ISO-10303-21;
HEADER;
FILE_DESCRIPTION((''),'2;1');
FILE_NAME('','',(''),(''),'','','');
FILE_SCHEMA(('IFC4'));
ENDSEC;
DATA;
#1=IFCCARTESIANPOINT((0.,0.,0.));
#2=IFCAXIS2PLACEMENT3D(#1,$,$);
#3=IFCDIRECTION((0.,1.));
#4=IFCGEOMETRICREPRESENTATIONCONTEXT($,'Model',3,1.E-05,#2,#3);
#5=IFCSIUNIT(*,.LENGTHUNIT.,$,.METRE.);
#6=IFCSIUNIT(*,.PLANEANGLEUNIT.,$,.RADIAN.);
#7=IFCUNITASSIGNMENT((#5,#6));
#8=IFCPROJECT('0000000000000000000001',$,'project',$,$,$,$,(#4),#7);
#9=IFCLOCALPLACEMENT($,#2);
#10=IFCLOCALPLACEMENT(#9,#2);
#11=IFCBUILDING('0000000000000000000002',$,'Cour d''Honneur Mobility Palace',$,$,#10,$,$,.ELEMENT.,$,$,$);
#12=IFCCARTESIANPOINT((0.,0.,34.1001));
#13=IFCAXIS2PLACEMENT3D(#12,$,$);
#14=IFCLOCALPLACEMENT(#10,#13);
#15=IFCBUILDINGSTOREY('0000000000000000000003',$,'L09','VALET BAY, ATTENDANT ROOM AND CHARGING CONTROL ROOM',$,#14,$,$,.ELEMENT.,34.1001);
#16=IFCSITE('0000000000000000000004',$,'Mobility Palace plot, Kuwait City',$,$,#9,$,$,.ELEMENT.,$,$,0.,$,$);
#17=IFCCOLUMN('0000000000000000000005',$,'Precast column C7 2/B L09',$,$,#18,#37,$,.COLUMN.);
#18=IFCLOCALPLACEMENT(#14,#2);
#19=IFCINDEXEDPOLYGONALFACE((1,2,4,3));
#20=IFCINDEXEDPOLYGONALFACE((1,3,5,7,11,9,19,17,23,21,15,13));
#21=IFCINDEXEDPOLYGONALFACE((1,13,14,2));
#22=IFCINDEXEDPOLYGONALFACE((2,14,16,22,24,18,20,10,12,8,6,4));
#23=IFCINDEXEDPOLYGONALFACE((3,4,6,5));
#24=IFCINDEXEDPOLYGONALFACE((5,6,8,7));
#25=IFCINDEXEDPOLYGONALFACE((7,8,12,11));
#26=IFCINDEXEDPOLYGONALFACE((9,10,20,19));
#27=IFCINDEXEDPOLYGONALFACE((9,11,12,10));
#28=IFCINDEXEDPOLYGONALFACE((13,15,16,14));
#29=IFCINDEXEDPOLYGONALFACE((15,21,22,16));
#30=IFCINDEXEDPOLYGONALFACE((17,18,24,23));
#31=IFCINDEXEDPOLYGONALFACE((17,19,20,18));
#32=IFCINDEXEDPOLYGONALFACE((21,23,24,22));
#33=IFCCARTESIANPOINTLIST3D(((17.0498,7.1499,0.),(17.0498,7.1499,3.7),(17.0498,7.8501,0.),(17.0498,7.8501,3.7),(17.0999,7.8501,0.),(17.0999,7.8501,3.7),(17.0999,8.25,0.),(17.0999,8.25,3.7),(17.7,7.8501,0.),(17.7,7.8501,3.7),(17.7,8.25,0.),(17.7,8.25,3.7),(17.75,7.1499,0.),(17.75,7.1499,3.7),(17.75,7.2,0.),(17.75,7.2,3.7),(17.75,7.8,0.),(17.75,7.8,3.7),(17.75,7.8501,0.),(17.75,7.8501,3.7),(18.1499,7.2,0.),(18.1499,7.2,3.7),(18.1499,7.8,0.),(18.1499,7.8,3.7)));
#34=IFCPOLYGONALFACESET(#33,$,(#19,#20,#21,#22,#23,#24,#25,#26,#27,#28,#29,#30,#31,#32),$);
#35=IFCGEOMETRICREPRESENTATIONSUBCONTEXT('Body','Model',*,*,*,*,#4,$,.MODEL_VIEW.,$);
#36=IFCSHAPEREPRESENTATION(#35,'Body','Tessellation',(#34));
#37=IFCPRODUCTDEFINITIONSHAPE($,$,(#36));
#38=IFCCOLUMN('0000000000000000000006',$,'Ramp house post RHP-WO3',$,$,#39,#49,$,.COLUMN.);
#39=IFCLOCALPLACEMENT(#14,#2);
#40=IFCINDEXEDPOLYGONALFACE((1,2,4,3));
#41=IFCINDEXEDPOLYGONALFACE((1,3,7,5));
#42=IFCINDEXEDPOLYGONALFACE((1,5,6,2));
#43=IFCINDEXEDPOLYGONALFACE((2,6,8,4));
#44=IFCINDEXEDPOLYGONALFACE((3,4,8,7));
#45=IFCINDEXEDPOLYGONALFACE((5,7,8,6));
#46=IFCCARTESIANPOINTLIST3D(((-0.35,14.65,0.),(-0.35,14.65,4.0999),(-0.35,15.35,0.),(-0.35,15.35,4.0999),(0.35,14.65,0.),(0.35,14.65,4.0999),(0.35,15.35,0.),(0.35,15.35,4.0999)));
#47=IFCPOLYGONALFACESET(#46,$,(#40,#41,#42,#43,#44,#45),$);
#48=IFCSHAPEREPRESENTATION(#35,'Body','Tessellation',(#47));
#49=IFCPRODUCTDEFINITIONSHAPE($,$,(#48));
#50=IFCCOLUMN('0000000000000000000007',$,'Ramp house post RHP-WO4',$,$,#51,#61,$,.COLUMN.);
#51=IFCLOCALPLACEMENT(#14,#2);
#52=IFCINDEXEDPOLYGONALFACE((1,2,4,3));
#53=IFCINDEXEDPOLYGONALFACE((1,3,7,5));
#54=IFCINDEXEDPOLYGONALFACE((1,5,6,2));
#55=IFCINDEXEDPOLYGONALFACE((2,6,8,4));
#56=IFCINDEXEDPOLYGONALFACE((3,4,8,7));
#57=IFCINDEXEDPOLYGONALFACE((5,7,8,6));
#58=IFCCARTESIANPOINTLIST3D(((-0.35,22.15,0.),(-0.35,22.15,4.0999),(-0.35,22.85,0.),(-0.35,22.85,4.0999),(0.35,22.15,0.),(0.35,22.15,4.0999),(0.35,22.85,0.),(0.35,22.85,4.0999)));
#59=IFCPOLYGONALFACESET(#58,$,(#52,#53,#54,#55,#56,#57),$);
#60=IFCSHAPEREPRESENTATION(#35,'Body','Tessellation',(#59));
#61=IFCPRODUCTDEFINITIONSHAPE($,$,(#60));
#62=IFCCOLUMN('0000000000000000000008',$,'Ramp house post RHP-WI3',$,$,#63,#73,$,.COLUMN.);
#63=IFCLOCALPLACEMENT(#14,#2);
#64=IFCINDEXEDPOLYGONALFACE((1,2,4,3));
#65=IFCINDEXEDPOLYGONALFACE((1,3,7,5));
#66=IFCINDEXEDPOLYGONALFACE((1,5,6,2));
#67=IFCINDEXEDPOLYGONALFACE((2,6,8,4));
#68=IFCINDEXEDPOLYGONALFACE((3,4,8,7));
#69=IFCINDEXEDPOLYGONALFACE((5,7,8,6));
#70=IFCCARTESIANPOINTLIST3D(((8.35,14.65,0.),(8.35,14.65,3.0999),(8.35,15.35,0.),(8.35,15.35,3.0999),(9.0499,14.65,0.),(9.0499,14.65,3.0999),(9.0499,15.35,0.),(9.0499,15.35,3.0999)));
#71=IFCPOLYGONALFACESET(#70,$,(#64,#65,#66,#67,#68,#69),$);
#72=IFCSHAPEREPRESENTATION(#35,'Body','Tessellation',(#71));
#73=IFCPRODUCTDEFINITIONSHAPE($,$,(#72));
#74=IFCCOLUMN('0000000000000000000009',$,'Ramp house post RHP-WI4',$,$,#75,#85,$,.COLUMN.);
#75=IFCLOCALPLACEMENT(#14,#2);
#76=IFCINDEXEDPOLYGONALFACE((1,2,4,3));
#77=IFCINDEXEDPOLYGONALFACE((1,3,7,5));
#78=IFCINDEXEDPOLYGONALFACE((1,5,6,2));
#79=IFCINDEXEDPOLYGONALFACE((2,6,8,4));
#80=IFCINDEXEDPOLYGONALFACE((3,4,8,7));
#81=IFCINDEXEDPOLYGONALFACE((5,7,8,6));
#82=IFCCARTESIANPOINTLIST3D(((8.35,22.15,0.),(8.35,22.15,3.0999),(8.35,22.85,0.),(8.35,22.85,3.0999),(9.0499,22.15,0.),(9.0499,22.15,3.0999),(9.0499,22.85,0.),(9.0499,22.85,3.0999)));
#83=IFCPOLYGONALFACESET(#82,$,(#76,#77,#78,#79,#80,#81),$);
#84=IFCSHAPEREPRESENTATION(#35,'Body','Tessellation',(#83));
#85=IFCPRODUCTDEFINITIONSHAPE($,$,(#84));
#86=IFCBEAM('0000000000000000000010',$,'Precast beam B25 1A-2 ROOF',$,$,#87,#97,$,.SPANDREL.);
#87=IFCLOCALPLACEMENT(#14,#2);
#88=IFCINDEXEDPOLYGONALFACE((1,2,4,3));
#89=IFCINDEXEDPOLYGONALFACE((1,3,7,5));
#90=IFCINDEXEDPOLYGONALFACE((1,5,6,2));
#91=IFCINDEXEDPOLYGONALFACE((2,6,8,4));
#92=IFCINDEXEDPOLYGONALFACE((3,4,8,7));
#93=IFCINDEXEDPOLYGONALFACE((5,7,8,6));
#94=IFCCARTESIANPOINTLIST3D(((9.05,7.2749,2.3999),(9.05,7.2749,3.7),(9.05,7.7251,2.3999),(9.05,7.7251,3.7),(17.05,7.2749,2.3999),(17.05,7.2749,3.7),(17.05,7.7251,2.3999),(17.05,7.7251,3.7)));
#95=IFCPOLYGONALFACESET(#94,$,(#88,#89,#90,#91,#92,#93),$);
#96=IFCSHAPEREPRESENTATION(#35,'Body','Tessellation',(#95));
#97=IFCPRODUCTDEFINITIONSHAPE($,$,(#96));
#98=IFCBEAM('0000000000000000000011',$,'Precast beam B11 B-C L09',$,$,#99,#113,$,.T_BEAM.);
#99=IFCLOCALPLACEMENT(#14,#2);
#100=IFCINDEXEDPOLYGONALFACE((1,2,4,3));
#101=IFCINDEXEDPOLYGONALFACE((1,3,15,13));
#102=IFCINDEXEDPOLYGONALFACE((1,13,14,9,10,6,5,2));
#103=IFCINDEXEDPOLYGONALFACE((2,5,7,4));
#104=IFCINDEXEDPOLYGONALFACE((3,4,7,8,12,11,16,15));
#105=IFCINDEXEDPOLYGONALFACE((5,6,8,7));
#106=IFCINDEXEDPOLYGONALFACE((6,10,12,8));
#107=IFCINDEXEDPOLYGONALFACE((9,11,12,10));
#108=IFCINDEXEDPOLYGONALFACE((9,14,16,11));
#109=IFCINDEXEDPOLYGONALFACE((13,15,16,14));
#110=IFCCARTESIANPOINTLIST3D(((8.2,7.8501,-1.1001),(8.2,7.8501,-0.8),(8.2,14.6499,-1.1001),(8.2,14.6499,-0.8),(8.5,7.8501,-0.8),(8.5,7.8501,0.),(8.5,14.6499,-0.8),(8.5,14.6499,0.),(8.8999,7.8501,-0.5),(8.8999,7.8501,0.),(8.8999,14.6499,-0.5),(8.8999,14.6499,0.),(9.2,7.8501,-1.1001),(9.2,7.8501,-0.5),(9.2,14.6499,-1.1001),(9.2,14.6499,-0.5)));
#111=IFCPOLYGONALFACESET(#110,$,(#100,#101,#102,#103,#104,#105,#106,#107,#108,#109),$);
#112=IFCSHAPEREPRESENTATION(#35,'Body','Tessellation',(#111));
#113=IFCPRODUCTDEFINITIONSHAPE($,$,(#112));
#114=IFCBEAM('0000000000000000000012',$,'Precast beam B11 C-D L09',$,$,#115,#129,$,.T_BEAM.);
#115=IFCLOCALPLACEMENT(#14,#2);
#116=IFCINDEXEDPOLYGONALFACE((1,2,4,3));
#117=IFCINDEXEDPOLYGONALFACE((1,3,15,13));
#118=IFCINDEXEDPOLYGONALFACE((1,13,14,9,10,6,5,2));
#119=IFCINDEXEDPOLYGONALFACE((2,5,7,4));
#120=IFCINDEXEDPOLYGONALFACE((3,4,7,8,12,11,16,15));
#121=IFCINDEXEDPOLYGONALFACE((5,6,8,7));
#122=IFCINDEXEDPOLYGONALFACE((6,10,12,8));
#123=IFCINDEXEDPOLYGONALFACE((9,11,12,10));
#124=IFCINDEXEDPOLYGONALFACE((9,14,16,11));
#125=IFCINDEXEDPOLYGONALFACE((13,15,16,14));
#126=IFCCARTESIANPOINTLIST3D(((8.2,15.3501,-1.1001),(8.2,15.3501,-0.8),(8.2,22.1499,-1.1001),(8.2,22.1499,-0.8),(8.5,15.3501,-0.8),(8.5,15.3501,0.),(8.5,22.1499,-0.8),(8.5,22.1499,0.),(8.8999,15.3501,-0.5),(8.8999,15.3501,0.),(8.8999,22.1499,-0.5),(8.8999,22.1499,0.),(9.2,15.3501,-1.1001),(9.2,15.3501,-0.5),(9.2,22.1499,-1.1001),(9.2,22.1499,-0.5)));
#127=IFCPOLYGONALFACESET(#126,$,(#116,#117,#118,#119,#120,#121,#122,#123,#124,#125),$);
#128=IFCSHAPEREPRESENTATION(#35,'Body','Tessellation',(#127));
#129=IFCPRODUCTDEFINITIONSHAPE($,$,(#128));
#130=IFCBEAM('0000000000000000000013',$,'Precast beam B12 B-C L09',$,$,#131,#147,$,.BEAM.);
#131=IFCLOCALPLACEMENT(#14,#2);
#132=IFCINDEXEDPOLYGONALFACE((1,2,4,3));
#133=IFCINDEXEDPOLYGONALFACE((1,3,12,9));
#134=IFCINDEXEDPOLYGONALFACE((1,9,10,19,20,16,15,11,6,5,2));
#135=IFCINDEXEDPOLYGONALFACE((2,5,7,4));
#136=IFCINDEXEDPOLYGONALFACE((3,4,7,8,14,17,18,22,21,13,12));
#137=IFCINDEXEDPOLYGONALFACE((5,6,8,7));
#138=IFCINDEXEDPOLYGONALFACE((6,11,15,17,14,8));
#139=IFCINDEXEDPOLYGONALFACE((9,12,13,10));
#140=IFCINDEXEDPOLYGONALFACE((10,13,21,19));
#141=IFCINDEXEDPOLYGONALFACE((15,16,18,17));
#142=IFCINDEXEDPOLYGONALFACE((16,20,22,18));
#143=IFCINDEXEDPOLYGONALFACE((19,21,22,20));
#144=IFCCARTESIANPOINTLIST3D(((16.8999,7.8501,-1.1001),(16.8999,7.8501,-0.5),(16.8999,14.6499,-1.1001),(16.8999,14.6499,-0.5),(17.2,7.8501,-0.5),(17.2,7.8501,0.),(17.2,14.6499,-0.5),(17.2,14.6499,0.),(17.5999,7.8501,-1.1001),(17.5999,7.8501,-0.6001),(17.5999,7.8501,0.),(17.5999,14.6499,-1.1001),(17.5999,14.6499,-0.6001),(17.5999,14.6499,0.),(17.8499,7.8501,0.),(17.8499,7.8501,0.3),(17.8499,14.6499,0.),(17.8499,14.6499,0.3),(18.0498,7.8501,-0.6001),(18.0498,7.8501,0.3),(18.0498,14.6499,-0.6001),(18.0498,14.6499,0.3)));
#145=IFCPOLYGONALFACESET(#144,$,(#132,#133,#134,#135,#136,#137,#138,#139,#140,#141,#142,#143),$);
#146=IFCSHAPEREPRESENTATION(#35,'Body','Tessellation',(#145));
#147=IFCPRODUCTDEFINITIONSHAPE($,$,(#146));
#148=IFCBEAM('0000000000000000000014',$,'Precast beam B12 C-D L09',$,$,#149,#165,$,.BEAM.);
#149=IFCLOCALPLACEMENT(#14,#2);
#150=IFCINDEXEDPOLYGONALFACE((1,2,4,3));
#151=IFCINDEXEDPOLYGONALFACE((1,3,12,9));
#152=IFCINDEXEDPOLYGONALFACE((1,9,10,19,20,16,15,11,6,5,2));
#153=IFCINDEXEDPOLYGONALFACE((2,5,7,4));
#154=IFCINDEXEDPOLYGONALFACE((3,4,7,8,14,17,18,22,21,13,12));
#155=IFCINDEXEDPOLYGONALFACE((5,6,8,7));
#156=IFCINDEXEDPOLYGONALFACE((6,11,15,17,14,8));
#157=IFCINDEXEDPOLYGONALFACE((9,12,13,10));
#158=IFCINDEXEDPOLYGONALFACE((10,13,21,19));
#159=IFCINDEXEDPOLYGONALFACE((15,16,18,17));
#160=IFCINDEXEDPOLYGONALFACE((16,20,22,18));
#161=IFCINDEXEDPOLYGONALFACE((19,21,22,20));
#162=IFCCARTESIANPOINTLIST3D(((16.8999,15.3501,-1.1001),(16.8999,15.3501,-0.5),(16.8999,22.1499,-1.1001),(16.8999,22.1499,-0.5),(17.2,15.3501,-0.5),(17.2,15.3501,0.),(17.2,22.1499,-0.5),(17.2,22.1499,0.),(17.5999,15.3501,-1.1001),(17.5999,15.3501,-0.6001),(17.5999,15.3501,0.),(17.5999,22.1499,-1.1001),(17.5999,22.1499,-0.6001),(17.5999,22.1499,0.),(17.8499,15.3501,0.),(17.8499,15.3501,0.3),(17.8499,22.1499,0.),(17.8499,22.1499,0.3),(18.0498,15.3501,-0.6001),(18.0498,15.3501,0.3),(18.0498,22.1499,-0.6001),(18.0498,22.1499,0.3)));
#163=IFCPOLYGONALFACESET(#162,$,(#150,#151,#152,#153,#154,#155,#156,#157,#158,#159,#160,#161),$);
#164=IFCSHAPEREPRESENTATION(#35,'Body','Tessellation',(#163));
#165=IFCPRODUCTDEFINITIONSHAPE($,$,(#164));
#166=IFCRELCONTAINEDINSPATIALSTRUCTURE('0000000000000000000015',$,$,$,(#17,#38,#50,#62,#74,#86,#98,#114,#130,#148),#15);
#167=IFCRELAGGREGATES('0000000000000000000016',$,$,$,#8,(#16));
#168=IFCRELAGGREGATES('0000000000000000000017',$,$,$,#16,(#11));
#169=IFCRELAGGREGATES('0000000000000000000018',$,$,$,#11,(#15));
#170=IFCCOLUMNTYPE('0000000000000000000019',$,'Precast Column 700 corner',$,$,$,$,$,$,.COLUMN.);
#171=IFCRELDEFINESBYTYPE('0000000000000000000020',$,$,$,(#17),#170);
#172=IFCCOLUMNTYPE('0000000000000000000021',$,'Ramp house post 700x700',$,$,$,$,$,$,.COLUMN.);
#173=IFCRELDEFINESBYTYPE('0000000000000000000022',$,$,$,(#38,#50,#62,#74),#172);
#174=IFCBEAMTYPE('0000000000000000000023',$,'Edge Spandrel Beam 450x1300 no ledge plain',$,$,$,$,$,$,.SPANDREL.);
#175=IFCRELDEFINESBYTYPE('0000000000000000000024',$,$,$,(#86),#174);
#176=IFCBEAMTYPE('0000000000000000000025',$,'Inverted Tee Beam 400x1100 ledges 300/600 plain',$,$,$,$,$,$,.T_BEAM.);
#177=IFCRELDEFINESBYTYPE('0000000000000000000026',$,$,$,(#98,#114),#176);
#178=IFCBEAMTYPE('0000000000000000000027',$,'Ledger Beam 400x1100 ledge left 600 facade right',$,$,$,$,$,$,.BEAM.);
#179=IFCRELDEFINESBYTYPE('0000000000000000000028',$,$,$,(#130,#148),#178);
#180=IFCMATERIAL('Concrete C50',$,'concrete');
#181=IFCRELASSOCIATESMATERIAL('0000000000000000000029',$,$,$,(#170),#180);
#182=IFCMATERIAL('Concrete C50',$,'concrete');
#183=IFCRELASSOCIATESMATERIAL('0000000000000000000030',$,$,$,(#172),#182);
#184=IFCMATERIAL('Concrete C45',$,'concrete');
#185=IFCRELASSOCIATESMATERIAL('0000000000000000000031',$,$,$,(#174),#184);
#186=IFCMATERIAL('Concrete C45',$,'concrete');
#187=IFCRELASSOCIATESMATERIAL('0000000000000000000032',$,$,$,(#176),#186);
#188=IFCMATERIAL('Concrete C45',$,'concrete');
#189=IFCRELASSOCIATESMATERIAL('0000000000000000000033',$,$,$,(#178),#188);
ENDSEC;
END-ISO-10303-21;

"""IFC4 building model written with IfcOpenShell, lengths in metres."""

from ifc_helpers import new_model, si_unit, direction, frame, origin, origin_2d, place, context, subcontext, project, spatial, polyline, rectangle, outline, extrude, material, material_profile, profile_set, type_object, element, save


model = new_model("IFC4")

# Units and contexts
model_context = context("Model", 3, precision=1e-05, world=origin(), true_north=direction((0.0, 1.0)))
body_context = subcontext(model_context, "Body", "Model", "MODEL_VIEW")
ifc_project = project(units=[si_unit("LENGTHUNIT", "METRE"), si_unit("PLANEANGLEUNIT", "RADIAN")], contexts=[model_context])

# Site, building, storey
site_placement = place(None, origin())
site = spatial("IfcSite", under=ifc_project, at=site_placement, Name="Mobility Palace plot, Kuwait City", CompositionType="ELEMENT", RefElevation=0.0)
building_placement = place(site_placement, origin())
building = spatial("IfcBuilding", under=site, at=building_placement, Name="Cour d'Honneur Mobility Palace", CompositionType="ELEMENT")
storey_placement = place(building_placement, frame((0.0, 0.0, 34.1001)))
storey = spatial("IfcBuildingStorey", under=building, at=storey_placement, Name="L09", Description="VALET BAY, ATTENDANT ROOM AND CHARGING CONTROL ROOM", CompositionType="ELEMENT", Elevation=34.1001)

# Columns
ifc_material_1 = material(Name="Concrete C50", Category="concrete")
ifc_material_profile_1 = material_profile(ifc_material_1, outline(polyline([(-0.3501, -0.3501), (0.3501, -0.3501), (0.3501, -0.3), (0.75, -0.3), (0.75, 0.3), (0.3501, 0.3), (0.3501, 0.3501), (0.3, 0.3501), (0.3, 0.75), (-0.3, 0.75), (-0.3, 0.3501), (-0.3501, 0.3501), (-0.3501, -0.3501)])), Name="PC C700 corner")
ifc_profile_set_1 = profile_set([ifc_material_profile_1], Name="Concrete C50")
column_type_1 = type_object("IfcColumnType", Name="Precast Column 700 corner", PredefinedType="COLUMN", material=ifc_profile_set_1)
column_placement = place(storey_placement, frame((17.3999, 7.5, 0.0), z_axis=(0.0, 0.0, 1.0), x_axis=(1.0, 0.0, 0.0)))
element("IfcColumn", 1, at=column_placement, inside=storey, type_object=column_type_1, Name="Precast column C7 2/B L09", PredefinedType="COLUMN", context=body_context, shape_type="SweptSolid", body=[
    extrude(outline(polyline([(-0.3501, -0.3501), (0.3501, -0.3501), (0.3501, -0.3), (0.75, -0.3), (0.75, 0.3), (0.3501, 0.3), (0.3501, 0.3501), (0.3, 0.3501), (0.3, 0.75), (-0.3, 0.75), (-0.3, 0.3501), (-0.3501, 0.3501), (-0.3501, -0.3501)])), origin(), (0.0, 0.0, 1.0), 3.7),
])
ifc_material_2 = material(Name="Concrete C50", Category="concrete")
ifc_material_profile_2 = material_profile(ifc_material_2, rectangle(XDim=0.7, YDim=0.7, at=origin_2d()), Name="Ramp house post 700x700")
ifc_profile_set_2 = profile_set([ifc_material_profile_2], Name="Concrete C50")
column_type_2 = type_object("IfcColumnType", Name="Ramp house post 700x700", PredefinedType="COLUMN", material=ifc_profile_set_2)
for number, where, z_axis, x_axis, name in (
    (2, (0.0, 15.0, 0.0), (0.0, 0.0, 1.0), (1.0, 0.0, 0.0), "Ramp house post RHP-WO3"),
    (3, (0.0, 22.5, 0.0), (0.0, 0.0, 1.0), (1.0, 0.0, 0.0), "Ramp house post RHP-WO4"),
):
    element("IfcColumn", number, at=place(storey_placement, frame(where, z_axis=z_axis, x_axis=x_axis)), inside=storey, type_object=column_type_2, Name=name, PredefinedType="COLUMN", context=body_context, shape_type="SweptSolid", body=[
        extrude(rectangle(XDim=0.7, YDim=0.7, at=origin_2d()), origin(), (0.0, 0.0, 1.0), 4.0999),
    ])
for number, where, z_axis, x_axis, name in (
    (4, (8.7, 15.0, 0.0), (0.0, 0.0, 1.0), (1.0, 0.0, 0.0), "Ramp house post RHP-WI3"),
    (5, (8.7, 22.5, 0.0), (0.0, 0.0, 1.0), (1.0, 0.0, 0.0), "Ramp house post RHP-WI4"),
):
    element("IfcColumn", number, at=place(storey_placement, frame(where, z_axis=z_axis, x_axis=x_axis)), inside=storey, type_object=column_type_2, Name=name, PredefinedType="COLUMN", context=body_context, shape_type="SweptSolid", body=[
        extrude(rectangle(XDim=0.7, YDim=0.7, at=origin_2d()), origin(), (0.0, 0.0, 1.0), 3.0999),
    ])

# Beams
ifc_material_3 = material(Name="Concrete C45", Category="concrete")
ifc_material_profile_3 = material_profile(ifc_material_3, outline(polyline([(0.2251, -1.3), (0.2251, 0.0), (-0.2251, 0.0), (-0.2251, -1.3), (0.2251, -1.3)])), Name="Edge Spandrel Beam 450x1300 no ledge plain")
ifc_profile_set_3 = profile_set([ifc_material_profile_3], Name="Concrete C45")
beam_type_1 = type_object("IfcBeamType", Name="Edge Spandrel Beam 450x1300 no ledge plain", PredefinedType="SPANDREL", material=ifc_profile_set_3)
beam_placement = place(storey_placement, frame((9.05, 7.5, 3.7), z_axis=(1.0, 0.0, 0.0), x_axis=(0.0, 1.0, 0.0)))
element("IfcBeam", 6, at=beam_placement, inside=storey, type_object=beam_type_1, Name="Precast beam B25 1A-2 ROOF", PredefinedType="SPANDREL", context=body_context, shape_type="SweptSolid", body=[
    extrude(outline(polyline([(0.2251, -1.3), (0.2251, 0.0), (-0.2251, 0.0), (-0.2251, -1.3), (0.2251, -1.3)])), origin(), (0.0, 0.0, 1.0), 8.0),
])
ifc_material_4 = material(Name="Concrete C45", Category="concrete")
ifc_material_profile_4 = material_profile(ifc_material_4, outline(polyline([(0.5, -1.1001), (0.5, -0.8), (0.2, -0.8), (0.2, 0.0), (-0.2, 0.0), (-0.2, -0.5), (-0.5, -0.5), (-0.5, -1.1001), (0.5, -1.1001)])), Name="Inverted Tee Beam 400x1100 ledges 300/600 plain")
ifc_profile_set_4 = profile_set([ifc_material_profile_4], Name="Concrete C45")
beam_type_2 = type_object("IfcBeamType", Name="Inverted Tee Beam 400x1100 ledges 300/600 plain", PredefinedType="T_BEAM", material=ifc_profile_set_4)
for number, where, z_axis, x_axis, name in (
    (7, (8.7, 7.8501, 0.0), (0.0, 1.0, 0.0), (-1.0, 0.0, 0.0), "Precast beam B11 B-C L09"),
    (8, (8.7, 15.3501, 0.0), (0.0, 1.0, 0.0), (-1.0, 0.0, 0.0), "Precast beam B11 C-D L09"),
):
    element("IfcBeam", number, at=place(storey_placement, frame(where, z_axis=z_axis, x_axis=x_axis)), inside=storey, type_object=beam_type_2, Name=name, PredefinedType="T_BEAM", context=body_context, shape_type="SweptSolid", body=[
        extrude(outline(polyline([(0.5, -1.1001), (0.5, -0.8), (0.2, -0.8), (0.2, 0.0), (-0.2, 0.0), (-0.2, -0.5), (-0.5, -0.5), (-0.5, -1.1001), (0.5, -1.1001)])), origin(), (0.0, 0.0, 1.0), 6.7998),
    ])
ifc_material_5 = material(Name="Concrete C45", Category="concrete")
ifc_material_profile_5 = material_profile(ifc_material_5, outline(polyline([(0.5, -1.1001), (0.5, -0.5), (0.2, -0.5), (0.2, 0.0), (-0.2, 0.0), (-0.45, 0.0), (-0.45, 0.3), (-0.6499, 0.3), (-0.6499, -0.6001), (-0.2, -0.6001), (-0.2, -1.1001), (0.5, -1.1001)])), Name="Ledger Beam 400x1100 ledge left 600 facade right")
ifc_profile_set_5 = profile_set([ifc_material_profile_5], Name="Concrete C45")
beam_type_3 = type_object("IfcBeamType", Name="Ledger Beam 400x1100 ledge left 600 facade right", PredefinedType="BEAM", material=ifc_profile_set_5)
for number, where, z_axis, x_axis, name in (
    (9, (17.3999, 7.8501, 0.0), (0.0, 1.0, 0.0), (-1.0, 0.0, 0.0), "Precast beam B12 B-C L09"),
    (10, (17.3999, 15.3501, 0.0), (0.0, 1.0, 0.0), (-1.0, 0.0, 0.0), "Precast beam B12 C-D L09"),
):
    element("IfcBeam", number, at=place(storey_placement, frame(where, z_axis=z_axis, x_axis=x_axis)), inside=storey, type_object=beam_type_3, Name=name, PredefinedType="BEAM", context=body_context, shape_type="SweptSolid", body=[
        extrude(outline(polyline([(0.5, -1.1001), (0.5, -0.5), (0.2, -0.5), (0.2, 0.0), (-0.2, 0.0), (-0.45, 0.0), (-0.45, 0.3), (-0.6499, 0.3), (-0.6499, -0.6001), (-0.2, -0.6001), (-0.2, -1.1001), (0.5, -1.1001)])), origin(), (0.0, 0.0, 1.0), 6.7998),
    ])

save(model, "model.ifc")
